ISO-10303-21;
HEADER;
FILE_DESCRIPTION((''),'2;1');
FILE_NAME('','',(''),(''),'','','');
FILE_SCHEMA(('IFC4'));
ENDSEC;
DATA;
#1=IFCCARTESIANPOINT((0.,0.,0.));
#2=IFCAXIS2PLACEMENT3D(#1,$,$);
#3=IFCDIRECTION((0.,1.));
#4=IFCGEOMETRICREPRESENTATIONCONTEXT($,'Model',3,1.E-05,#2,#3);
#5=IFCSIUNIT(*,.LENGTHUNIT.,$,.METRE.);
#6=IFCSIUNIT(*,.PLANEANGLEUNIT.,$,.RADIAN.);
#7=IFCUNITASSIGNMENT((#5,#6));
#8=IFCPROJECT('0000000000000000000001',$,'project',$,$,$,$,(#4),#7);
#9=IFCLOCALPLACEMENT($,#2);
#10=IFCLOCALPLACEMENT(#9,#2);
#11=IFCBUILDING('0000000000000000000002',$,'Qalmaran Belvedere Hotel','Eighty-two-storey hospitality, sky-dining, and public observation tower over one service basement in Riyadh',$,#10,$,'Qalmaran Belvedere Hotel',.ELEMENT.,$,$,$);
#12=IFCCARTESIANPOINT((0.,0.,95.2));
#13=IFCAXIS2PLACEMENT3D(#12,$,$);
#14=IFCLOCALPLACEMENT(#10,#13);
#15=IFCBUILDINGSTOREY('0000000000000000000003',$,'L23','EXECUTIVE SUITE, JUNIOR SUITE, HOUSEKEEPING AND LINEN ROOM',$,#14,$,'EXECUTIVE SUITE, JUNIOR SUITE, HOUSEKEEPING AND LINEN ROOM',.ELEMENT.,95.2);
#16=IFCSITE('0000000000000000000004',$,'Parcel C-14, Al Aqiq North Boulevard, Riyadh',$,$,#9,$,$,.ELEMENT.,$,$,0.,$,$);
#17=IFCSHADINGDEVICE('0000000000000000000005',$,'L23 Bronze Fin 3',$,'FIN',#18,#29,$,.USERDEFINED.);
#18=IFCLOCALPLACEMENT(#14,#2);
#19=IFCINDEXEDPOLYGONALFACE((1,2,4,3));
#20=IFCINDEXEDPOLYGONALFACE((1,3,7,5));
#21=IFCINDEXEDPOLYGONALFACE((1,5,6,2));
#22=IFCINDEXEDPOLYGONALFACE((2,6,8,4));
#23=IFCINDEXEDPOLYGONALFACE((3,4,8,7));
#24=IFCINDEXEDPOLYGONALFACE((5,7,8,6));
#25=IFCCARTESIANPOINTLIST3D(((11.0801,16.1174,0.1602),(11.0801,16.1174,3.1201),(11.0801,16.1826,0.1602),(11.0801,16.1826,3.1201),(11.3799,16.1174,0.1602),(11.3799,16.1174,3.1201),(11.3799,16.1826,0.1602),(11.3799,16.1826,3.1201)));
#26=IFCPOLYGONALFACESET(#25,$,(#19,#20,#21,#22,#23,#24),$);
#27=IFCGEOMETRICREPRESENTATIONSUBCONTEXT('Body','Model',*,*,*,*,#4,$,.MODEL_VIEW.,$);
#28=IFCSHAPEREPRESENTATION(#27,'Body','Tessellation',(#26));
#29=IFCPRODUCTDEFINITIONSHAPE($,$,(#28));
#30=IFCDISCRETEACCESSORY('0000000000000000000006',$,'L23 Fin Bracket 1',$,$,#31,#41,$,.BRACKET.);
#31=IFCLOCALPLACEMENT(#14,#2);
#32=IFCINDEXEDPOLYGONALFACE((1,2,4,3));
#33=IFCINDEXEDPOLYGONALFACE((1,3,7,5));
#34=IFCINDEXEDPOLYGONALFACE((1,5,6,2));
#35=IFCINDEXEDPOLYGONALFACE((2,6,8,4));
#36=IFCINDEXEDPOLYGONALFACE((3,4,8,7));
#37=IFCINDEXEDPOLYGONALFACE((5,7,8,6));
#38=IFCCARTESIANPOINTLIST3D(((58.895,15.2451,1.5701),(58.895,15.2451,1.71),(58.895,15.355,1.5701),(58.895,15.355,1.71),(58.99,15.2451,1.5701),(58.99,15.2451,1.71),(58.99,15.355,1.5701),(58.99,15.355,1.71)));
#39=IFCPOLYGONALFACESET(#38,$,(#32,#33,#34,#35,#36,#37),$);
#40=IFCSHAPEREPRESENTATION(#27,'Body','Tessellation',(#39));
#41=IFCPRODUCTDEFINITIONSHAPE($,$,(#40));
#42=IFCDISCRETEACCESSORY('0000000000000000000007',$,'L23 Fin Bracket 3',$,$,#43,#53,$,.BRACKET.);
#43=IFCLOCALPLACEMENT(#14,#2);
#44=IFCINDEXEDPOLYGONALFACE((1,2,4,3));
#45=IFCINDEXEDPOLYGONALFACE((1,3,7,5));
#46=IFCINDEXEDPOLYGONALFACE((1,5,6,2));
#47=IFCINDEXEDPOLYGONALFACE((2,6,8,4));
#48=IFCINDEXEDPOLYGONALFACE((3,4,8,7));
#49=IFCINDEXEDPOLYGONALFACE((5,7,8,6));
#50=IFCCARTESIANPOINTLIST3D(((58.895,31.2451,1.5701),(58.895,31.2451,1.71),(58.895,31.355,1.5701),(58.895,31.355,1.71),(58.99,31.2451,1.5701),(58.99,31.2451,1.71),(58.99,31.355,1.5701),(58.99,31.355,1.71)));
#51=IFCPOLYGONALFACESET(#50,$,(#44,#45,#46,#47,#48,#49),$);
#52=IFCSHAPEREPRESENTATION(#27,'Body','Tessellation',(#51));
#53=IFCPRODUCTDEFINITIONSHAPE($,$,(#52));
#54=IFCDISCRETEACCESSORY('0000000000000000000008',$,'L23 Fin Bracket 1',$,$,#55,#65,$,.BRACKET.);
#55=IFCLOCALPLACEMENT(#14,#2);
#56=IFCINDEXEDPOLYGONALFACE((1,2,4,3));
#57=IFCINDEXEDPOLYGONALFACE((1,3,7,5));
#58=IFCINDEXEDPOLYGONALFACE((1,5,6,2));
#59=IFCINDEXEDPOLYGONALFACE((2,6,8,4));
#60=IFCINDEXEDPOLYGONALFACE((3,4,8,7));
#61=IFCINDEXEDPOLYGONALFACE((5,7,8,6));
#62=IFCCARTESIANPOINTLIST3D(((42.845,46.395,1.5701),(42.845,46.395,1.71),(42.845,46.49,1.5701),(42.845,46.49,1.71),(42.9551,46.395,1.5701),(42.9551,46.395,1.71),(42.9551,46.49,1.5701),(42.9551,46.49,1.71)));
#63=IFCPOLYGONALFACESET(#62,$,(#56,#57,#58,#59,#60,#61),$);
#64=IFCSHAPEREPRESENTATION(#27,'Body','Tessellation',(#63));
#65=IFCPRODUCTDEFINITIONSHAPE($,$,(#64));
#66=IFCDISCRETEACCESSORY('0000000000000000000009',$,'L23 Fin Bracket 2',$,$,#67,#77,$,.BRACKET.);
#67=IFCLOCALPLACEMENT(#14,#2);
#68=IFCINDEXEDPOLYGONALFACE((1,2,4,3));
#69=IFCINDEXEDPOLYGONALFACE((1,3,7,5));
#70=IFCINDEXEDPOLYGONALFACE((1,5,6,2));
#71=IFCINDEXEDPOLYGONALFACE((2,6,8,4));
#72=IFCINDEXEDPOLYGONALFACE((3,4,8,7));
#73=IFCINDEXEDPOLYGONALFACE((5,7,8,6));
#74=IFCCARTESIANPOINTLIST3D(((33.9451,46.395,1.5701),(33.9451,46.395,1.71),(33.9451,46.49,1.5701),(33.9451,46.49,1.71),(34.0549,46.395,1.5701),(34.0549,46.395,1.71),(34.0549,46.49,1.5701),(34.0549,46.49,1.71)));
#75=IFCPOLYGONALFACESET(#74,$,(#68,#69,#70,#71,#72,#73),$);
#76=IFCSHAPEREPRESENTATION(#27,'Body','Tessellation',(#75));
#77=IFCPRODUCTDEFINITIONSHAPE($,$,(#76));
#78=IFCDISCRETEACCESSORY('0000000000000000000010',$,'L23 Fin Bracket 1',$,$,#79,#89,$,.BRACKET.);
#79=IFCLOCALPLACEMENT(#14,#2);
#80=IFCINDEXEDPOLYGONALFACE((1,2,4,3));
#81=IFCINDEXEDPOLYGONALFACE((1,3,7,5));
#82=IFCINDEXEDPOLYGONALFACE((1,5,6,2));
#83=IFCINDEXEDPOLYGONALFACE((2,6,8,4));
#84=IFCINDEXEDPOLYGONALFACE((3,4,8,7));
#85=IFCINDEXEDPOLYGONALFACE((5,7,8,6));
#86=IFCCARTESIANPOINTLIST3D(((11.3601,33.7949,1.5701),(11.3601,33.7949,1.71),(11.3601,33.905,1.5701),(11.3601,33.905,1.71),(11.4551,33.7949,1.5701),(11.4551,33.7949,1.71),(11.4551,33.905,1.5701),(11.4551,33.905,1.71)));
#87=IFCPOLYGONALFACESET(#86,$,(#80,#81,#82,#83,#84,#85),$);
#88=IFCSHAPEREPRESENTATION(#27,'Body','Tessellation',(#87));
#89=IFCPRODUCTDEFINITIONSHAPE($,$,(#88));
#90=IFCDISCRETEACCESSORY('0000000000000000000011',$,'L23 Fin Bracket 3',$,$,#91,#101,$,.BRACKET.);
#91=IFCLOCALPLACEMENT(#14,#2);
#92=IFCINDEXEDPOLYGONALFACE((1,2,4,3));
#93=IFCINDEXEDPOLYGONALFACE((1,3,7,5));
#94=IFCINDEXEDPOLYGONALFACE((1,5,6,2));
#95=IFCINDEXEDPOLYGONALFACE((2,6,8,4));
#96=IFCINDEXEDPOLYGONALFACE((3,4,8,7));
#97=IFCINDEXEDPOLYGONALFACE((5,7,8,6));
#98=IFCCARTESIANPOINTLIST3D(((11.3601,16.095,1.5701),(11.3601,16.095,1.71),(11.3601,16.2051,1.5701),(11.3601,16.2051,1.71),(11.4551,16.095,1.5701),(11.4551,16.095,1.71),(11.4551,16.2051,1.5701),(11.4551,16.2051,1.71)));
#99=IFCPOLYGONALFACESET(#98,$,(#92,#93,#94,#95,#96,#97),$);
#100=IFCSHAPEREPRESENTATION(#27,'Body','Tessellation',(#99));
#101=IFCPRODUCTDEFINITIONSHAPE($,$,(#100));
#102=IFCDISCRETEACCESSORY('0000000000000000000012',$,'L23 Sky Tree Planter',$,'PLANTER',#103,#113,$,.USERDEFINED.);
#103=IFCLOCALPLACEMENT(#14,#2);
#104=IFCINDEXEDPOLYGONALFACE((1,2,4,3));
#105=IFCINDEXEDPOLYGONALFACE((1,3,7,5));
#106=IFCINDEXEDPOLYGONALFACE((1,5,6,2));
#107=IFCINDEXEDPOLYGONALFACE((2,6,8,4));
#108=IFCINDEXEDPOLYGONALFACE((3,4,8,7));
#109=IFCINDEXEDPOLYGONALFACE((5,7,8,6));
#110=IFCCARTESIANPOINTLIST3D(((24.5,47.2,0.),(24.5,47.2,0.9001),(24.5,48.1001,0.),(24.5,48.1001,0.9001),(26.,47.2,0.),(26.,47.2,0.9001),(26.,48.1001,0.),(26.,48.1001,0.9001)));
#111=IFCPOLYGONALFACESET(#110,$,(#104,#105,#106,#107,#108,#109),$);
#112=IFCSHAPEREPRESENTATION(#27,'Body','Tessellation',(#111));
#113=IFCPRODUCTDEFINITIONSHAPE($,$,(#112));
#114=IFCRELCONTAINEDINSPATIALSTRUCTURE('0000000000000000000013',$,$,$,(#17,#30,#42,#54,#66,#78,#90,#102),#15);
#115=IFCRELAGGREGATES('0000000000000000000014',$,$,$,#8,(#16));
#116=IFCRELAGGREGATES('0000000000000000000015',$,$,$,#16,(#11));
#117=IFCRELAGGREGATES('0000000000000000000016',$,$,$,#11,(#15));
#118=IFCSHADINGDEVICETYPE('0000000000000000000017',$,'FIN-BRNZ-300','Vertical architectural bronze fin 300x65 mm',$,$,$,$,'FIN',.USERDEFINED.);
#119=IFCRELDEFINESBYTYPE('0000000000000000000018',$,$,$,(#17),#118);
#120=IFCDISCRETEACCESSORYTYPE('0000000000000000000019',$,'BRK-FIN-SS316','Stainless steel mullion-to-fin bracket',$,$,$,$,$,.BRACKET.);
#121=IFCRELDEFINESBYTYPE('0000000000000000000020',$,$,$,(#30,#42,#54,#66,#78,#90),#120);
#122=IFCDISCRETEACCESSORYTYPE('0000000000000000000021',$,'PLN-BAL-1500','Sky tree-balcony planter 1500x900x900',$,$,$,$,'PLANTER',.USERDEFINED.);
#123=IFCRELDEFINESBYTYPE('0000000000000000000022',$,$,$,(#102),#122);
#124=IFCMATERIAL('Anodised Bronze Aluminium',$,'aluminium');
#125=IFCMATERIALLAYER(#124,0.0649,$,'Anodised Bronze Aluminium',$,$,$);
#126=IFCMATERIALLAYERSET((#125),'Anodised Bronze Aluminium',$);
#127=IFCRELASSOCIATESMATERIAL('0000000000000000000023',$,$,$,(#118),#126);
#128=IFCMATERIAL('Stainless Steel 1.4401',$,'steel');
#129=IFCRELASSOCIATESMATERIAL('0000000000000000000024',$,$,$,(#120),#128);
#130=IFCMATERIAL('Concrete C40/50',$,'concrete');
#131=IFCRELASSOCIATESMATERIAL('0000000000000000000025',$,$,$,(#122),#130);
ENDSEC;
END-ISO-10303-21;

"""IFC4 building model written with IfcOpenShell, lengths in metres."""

from ifc_helpers import new_model, si_unit, direction, frame, origin, place, context, subcontext, project, spatial, polyline, outline, extrude, material, layer, layer_set, type_object, element, save


model = new_model("IFC4")

# Units and contexts
model_context = context("Model", 3, precision=1e-05, world=origin(), true_north=direction((0.0, 1.0)))
body_context = subcontext(model_context, "Body", "Model", "MODEL_VIEW")
ifc_project = project(units=[si_unit("LENGTHUNIT", "METRE"), si_unit("PLANEANGLEUNIT", "RADIAN")], contexts=[model_context])

# Site, building, storey
site_placement = place(None, origin())
site = spatial("IfcSite", under=ifc_project, at=site_placement, Name="Parcel C-14, Al Aqiq North Boulevard, Riyadh", CompositionType="ELEMENT", RefElevation=0.0)
building_placement = place(site_placement, origin())
building = spatial("IfcBuilding", under=site, at=building_placement, Name="Qalmaran Belvedere Hotel", Description="Eighty-two-storey hospitality, sky-dining, and public observation tower over one service basement in Riyadh", LongName="Qalmaran Belvedere Hotel", CompositionType="ELEMENT")
storey_placement = place(building_placement, frame((0.0, 0.0, 95.2)))
storey = spatial("IfcBuildingStorey", under=building, at=storey_placement, Name="L23", Description="EXECUTIVE SUITE, JUNIOR SUITE, HOUSEKEEPING AND LINEN ROOM", LongName="EXECUTIVE SUITE, JUNIOR SUITE, HOUSEKEEPING AND LINEN ROOM", CompositionType="ELEMENT", Elevation=95.2)

# Shared definitions
ifc_material_1 = material(Name="Anodised Bronze Aluminium", Category="aluminium")

# Shared definitions
ifc_material_2 = material(Name="Concrete C40/50", Category="concrete")

# Shading device
ifc_layer_1 = layer(ifc_material_1, 0.0649, Name="Anodised Bronze Aluminium")
ifc_layer_set_1 = layer_set([ifc_layer_1], Name="Anodised Bronze Aluminium")
shading_device_type = type_object("IfcShadingDeviceType", Name="FIN-BRNZ-300", Description="Vertical architectural bronze fin 300x65 mm", ElementType="FIN", PredefinedType="USERDEFINED", material=ifc_layer_set_1)
shading_device_1_placement = place(storey_placement, frame((0.0, 0.0, 0.1602)))
element("IfcShadingDevice", 1, at=shading_device_1_placement, inside=storey, type_object=shading_device_type, Name="L23 Bronze Fin 3", ObjectType="FIN", PredefinedType="USERDEFINED", context=body_context, shape_type="SweptSolid", body=[
    extrude(outline(polyline([(11.3799, 16.1826), (11.0801, 16.1826), (11.0801, 16.1174), (11.3799, 16.1174), (11.3799, 16.1826)])), origin(), (0.0, 0.0, 1.0), 2.96),
])

# Discrete accessories
ifc_material_3 = material(Name="Stainless Steel 1.4401", Category="steel")
discrete_accessory_type_1 = type_object("IfcDiscreteAccessoryType", Name="BRK-FIN-SS316", Description="Stainless steel mullion-to-fin bracket", PredefinedType="BRACKET", material=ifc_material_3)
discrete_accessory_1_placement = place(storey_placement, frame((0.0, 0.0, 1.5701)))
element("IfcDiscreteAccessory", 2, at=discrete_accessory_1_placement, inside=storey, type_object=discrete_accessory_type_1, Name="L23 Fin Bracket 1", PredefinedType="BRACKET", context=body_context, shape_type="SweptSolid", body=[
    extrude(outline(polyline([(58.895, 15.2451), (58.99, 15.2451), (58.99, 15.355), (58.895, 15.355), (58.895, 15.2451)])), origin(), (0.0, 0.0, 1.0), 0.1399),
])
discrete_accessory_2_placement = place(storey_placement, frame((0.0, 0.0, 1.5701)))
element("IfcDiscreteAccessory", 3, at=discrete_accessory_2_placement, inside=storey, type_object=discrete_accessory_type_1, Name="L23 Fin Bracket 3", PredefinedType="BRACKET", context=body_context, shape_type="SweptSolid", body=[
    extrude(outline(polyline([(58.895, 31.2451), (58.99, 31.2451), (58.99, 31.355), (58.895, 31.355), (58.895, 31.2451)])), origin(), (0.0, 0.0, 1.0), 0.1399),
])
discrete_accessory_3_placement = place(storey_placement, frame((0.0, 0.0, 1.5701)))
element("IfcDiscreteAccessory", 4, at=discrete_accessory_3_placement, inside=storey, type_object=discrete_accessory_type_1, Name="L23 Fin Bracket 1", PredefinedType="BRACKET", context=body_context, shape_type="SweptSolid", body=[
    extrude(outline(polyline([(42.9551, 46.395), (42.9551, 46.49), (42.845, 46.49), (42.845, 46.395), (42.9551, 46.395)])), origin(), (0.0, 0.0, 1.0), 0.1399),
])
discrete_accessory_4_placement = place(storey_placement, frame((0.0, 0.0, 1.5701)))
element("IfcDiscreteAccessory", 5, at=discrete_accessory_4_placement, inside=storey, type_object=discrete_accessory_type_1, Name="L23 Fin Bracket 2", PredefinedType="BRACKET", context=body_context, shape_type="SweptSolid", body=[
    extrude(outline(polyline([(34.0549, 46.395), (34.0549, 46.49), (33.9451, 46.49), (33.9451, 46.395), (34.0549, 46.395)])), origin(), (0.0, 0.0, 1.0), 0.1399),
])
discrete_accessory_5_placement = place(storey_placement, frame((0.0, 0.0, 1.5701)))
element("IfcDiscreteAccessory", 6, at=discrete_accessory_5_placement, inside=storey, type_object=discrete_accessory_type_1, Name="L23 Fin Bracket 1", PredefinedType="BRACKET", context=body_context, shape_type="SweptSolid", body=[
    extrude(outline(polyline([(11.4551, 33.905), (11.3601, 33.905), (11.3601, 33.7949), (11.4551, 33.7949), (11.4551, 33.905)])), origin(), (0.0, 0.0, 1.0), 0.1399),
])
discrete_accessory_6_placement = place(storey_placement, frame((0.0, 0.0, 1.5701)))
element("IfcDiscreteAccessory", 7, at=discrete_accessory_6_placement, inside=storey, type_object=discrete_accessory_type_1, Name="L23 Fin Bracket 3", PredefinedType="BRACKET", context=body_context, shape_type="SweptSolid", body=[
    extrude(outline(polyline([(11.4551, 16.2051), (11.3601, 16.2051), (11.3601, 16.095), (11.4551, 16.095), (11.4551, 16.2051)])), origin(), (0.0, 0.0, 1.0), 0.1399),
])
discrete_accessory_type_2 = type_object("IfcDiscreteAccessoryType", Name="PLN-BAL-1500", Description="Sky tree-balcony planter 1500x900x900", ElementType="PLANTER", PredefinedType="USERDEFINED", material=ifc_material_2)
discrete_accessory_7_placement = place(storey_placement, origin())
element("IfcDiscreteAccessory", 8, at=discrete_accessory_7_placement, inside=storey, type_object=discrete_accessory_type_2, Name="L23 Sky Tree Planter", ObjectType="PLANTER", PredefinedType="USERDEFINED", context=body_context, shape_type="SweptSolid", body=[
    extrude(outline(polyline([(24.5, 47.2), (26.0, 47.2), (26.0, 48.1001), (24.5, 48.1001), (24.5, 47.2)])), origin(), (0.0, 0.0, 1.0), 0.9001),
])

save(model, "model.ifc")
